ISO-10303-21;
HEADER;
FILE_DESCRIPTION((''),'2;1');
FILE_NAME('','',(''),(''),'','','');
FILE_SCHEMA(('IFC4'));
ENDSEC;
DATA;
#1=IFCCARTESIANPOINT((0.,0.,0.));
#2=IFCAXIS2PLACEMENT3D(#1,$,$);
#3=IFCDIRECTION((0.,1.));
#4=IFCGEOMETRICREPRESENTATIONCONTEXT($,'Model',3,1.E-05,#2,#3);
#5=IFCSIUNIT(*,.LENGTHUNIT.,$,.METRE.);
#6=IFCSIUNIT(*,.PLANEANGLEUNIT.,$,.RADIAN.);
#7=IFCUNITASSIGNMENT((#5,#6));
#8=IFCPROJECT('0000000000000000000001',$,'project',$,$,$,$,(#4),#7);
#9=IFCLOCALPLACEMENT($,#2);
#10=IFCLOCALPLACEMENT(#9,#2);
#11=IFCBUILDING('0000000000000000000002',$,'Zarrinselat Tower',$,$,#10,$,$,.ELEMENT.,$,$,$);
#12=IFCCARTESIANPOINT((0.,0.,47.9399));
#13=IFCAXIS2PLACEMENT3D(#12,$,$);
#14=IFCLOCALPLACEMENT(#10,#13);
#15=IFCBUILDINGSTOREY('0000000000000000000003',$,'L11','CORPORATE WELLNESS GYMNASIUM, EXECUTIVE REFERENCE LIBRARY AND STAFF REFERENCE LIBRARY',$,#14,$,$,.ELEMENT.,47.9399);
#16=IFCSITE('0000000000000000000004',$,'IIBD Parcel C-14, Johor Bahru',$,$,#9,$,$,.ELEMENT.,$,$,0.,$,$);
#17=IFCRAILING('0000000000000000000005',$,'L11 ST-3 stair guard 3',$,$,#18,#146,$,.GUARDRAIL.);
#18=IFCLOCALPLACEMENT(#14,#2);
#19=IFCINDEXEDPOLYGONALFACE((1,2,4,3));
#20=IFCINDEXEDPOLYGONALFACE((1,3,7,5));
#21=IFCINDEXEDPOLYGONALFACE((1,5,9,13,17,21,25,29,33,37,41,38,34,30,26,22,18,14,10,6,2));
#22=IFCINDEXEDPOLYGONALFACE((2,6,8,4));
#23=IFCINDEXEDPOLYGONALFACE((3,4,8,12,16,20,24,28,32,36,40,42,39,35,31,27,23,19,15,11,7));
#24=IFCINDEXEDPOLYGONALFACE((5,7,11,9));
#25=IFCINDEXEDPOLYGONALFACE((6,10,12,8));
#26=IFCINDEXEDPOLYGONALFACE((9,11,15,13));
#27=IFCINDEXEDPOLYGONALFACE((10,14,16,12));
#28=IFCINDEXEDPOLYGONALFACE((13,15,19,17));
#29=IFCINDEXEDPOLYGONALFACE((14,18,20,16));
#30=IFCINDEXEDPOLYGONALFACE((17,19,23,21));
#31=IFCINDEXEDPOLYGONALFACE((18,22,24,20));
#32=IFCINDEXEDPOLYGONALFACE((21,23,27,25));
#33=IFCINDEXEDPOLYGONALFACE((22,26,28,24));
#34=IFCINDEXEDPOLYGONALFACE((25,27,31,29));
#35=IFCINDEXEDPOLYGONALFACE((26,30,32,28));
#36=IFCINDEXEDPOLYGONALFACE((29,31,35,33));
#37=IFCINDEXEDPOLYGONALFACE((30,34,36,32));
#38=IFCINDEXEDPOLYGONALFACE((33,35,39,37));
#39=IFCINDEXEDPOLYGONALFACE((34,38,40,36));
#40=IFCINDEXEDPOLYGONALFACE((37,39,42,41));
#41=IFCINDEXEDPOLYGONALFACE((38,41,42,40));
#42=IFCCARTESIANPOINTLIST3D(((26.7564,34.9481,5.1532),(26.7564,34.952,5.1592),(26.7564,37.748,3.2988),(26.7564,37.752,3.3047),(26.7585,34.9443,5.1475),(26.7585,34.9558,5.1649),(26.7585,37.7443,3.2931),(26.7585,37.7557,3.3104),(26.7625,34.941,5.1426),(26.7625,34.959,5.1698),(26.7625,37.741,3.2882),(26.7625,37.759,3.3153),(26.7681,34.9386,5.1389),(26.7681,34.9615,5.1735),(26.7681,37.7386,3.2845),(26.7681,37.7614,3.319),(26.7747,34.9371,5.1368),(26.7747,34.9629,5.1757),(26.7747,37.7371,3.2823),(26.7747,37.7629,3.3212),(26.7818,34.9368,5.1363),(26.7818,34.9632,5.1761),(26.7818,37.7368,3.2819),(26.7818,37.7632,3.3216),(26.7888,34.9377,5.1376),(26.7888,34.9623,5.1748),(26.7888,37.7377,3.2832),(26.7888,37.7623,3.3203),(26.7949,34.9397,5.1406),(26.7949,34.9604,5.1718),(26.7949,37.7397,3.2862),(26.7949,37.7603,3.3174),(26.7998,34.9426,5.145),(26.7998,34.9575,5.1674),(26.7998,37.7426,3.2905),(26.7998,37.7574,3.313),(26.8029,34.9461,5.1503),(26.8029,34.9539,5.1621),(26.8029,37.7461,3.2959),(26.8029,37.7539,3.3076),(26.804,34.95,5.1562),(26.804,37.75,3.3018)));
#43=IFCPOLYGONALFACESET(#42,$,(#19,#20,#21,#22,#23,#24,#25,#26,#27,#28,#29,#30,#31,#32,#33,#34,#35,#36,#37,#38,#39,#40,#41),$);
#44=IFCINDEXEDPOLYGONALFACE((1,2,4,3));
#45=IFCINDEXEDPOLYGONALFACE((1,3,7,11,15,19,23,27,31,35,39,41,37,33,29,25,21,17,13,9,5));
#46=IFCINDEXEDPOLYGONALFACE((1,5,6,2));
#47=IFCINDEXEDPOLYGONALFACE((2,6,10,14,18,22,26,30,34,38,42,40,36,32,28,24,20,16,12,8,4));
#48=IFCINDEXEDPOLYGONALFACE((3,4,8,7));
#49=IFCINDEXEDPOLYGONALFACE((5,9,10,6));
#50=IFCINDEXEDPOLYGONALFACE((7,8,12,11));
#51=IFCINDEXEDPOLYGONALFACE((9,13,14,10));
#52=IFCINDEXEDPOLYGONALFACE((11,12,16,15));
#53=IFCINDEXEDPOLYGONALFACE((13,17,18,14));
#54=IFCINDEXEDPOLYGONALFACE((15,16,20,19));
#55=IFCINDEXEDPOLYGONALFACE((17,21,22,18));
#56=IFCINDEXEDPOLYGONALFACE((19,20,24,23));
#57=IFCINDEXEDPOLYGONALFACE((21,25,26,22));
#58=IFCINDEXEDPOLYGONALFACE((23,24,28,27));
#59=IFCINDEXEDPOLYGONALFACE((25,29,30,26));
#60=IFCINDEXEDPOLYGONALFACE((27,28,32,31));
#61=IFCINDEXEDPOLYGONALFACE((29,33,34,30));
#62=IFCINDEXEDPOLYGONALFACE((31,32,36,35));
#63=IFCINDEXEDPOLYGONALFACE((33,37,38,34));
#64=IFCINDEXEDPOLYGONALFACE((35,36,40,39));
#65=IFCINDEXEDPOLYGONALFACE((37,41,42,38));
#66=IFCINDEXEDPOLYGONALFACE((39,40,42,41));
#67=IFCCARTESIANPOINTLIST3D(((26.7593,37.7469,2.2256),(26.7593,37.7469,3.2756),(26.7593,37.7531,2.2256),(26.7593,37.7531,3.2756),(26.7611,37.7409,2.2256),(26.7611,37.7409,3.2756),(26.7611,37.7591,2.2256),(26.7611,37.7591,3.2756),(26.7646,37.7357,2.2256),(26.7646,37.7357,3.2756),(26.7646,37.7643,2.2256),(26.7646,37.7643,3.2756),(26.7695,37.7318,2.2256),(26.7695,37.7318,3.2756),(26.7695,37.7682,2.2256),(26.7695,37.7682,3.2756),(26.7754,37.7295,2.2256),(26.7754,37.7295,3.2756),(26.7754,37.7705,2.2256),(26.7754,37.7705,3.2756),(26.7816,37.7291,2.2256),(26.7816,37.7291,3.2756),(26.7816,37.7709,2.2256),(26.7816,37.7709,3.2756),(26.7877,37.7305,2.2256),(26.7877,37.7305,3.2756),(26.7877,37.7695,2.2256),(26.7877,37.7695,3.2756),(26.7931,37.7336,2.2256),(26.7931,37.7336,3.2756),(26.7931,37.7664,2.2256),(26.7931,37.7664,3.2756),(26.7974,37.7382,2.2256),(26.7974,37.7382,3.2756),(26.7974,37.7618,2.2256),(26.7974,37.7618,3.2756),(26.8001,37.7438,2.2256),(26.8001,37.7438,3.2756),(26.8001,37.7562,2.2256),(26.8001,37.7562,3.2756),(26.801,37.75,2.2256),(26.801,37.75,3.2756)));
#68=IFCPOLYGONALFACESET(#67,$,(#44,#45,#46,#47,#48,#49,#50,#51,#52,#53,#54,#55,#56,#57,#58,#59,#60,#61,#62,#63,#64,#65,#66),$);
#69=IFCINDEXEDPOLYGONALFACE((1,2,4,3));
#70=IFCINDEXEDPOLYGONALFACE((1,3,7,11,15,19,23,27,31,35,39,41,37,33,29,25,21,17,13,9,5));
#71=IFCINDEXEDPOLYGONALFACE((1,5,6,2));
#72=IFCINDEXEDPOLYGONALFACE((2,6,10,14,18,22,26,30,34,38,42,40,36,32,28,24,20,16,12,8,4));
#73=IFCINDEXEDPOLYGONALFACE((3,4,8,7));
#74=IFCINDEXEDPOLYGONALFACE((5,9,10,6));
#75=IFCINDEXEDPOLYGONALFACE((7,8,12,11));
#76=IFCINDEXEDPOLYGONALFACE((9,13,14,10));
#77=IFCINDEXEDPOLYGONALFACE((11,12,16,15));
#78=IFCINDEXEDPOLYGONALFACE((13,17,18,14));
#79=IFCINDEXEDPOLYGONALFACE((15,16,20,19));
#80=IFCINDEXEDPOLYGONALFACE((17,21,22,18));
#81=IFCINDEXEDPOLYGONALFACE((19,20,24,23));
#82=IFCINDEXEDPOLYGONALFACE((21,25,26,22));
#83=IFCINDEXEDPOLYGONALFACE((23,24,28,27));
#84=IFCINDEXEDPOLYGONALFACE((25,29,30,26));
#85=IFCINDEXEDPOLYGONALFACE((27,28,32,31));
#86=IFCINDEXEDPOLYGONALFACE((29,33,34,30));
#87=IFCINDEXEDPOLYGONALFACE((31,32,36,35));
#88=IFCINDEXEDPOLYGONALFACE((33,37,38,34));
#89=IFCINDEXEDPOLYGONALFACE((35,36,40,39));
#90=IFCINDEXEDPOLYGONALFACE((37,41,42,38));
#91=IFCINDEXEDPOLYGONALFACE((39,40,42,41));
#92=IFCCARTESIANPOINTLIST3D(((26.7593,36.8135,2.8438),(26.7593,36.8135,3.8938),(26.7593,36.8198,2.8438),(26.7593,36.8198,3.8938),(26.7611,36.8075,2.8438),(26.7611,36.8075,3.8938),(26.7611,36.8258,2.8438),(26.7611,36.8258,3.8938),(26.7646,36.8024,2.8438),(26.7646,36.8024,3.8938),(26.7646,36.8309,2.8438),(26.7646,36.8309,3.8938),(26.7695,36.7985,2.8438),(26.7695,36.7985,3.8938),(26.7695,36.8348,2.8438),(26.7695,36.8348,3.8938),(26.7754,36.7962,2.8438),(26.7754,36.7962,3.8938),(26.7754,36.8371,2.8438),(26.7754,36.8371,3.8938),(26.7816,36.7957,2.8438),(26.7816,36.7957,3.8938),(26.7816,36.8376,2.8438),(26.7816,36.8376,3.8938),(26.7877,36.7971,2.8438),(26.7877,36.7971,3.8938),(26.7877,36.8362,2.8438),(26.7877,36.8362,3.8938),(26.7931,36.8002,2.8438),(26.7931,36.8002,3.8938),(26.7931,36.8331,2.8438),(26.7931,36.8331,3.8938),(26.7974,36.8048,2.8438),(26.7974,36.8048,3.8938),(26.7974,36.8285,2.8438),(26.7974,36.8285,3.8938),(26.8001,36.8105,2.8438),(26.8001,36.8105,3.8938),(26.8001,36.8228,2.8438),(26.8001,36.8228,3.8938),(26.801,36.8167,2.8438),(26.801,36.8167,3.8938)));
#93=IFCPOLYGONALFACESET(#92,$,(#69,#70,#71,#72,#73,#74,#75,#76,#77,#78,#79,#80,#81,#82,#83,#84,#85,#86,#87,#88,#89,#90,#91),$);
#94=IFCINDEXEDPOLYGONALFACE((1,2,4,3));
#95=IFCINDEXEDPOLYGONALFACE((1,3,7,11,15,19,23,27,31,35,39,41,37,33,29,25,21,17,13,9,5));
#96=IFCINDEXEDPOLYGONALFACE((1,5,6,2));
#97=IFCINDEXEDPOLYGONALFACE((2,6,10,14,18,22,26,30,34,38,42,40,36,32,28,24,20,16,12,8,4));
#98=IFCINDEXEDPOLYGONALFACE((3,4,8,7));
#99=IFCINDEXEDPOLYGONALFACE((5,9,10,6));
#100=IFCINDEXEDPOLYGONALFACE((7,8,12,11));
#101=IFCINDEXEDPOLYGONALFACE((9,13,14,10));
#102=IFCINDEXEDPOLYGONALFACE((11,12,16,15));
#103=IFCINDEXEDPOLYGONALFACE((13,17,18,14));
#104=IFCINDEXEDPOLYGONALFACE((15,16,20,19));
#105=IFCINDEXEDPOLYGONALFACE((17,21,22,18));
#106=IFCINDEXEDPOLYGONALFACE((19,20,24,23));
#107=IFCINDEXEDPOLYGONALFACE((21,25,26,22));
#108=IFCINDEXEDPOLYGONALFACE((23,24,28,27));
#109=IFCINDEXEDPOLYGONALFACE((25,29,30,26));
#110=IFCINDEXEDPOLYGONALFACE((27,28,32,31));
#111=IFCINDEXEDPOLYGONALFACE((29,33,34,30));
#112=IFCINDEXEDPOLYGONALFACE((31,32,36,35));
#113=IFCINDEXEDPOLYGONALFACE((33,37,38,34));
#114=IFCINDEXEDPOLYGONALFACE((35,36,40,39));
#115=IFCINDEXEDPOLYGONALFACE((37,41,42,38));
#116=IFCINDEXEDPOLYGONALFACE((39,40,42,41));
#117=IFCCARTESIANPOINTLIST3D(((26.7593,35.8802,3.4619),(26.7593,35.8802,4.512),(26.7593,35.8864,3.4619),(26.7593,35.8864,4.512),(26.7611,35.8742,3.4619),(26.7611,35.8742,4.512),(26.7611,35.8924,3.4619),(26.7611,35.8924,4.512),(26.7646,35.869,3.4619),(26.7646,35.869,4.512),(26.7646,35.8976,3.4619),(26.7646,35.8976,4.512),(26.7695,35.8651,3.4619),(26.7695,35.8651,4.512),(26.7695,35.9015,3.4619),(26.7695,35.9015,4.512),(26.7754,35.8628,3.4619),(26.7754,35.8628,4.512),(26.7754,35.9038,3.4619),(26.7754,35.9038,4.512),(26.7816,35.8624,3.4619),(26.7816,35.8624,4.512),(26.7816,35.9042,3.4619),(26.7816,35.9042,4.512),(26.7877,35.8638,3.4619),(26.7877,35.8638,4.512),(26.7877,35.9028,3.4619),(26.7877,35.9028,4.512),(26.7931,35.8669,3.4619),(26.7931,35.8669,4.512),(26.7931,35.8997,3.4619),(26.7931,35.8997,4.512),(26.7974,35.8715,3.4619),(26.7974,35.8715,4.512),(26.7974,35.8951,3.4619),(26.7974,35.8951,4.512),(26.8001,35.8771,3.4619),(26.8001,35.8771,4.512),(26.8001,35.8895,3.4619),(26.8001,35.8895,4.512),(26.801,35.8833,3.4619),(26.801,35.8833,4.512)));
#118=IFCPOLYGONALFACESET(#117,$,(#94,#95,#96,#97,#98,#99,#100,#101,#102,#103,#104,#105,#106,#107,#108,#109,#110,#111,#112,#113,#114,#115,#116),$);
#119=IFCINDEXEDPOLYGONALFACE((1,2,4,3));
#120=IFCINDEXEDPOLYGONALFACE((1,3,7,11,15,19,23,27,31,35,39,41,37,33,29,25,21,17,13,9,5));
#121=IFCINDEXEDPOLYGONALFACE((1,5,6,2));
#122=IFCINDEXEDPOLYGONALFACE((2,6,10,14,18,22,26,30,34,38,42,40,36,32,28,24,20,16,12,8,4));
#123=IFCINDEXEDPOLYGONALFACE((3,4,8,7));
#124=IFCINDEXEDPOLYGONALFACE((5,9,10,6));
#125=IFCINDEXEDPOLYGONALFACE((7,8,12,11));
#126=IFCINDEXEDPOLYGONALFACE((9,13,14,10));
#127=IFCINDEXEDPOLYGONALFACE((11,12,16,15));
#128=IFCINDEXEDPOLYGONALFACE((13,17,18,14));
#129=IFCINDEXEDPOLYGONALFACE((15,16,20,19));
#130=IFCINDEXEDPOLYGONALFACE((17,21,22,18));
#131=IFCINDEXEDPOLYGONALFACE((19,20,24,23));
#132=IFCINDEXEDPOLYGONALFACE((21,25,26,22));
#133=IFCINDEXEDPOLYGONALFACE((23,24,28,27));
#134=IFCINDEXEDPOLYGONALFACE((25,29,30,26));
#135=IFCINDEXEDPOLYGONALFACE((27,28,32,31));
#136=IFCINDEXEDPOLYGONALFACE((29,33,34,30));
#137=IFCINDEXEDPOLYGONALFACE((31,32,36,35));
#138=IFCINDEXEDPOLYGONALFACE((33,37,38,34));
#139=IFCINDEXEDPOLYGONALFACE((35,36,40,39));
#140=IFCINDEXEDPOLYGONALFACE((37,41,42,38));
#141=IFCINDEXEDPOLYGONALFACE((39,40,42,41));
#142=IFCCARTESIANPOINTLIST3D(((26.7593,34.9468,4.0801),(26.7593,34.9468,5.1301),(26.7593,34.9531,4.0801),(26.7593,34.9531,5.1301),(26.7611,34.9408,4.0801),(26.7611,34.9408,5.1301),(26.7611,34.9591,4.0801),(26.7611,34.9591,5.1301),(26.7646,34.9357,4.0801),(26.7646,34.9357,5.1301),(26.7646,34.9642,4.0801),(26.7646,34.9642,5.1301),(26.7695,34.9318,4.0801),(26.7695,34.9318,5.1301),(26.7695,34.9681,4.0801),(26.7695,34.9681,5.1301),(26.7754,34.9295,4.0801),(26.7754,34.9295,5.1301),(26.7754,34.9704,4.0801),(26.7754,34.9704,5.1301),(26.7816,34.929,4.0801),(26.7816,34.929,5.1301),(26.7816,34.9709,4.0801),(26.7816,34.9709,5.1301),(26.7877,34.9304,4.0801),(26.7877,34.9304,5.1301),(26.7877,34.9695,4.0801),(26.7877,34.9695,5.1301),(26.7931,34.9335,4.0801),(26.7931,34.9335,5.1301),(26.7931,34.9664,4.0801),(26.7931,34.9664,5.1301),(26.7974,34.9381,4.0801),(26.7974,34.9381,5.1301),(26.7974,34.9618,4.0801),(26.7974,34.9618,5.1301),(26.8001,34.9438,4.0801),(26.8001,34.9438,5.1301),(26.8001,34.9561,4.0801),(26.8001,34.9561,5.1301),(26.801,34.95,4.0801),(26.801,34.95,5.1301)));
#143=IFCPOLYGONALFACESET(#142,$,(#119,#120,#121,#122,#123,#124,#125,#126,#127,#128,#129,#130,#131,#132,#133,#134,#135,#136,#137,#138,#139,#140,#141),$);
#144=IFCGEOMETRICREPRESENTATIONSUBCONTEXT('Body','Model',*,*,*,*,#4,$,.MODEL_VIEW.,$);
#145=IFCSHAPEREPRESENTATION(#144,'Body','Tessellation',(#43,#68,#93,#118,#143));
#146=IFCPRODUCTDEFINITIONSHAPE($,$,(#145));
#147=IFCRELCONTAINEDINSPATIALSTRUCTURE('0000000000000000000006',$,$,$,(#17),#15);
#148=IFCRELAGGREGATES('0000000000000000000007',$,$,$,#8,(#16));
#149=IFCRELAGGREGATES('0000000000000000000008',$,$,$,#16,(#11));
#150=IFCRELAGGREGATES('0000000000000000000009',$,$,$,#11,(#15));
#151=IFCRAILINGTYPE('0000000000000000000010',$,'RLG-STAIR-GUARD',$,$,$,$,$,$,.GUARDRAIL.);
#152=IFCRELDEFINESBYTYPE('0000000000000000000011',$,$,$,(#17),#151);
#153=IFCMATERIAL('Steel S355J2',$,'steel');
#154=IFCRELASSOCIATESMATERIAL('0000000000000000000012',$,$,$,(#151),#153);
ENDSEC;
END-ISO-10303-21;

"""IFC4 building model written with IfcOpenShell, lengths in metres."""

from ifc_helpers import new_model, si_unit, direction, frame, origin, origin_2d, place, context, subcontext, project, spatial, circle, extrude, material, type_object, element, save


model = new_model("IFC4")

# Units and contexts
model_context = context("Model", 3, precision=1e-05, world=origin(), true_north=direction((0.0, 1.0)))
body_context = subcontext(model_context, "Body", "Model", "MODEL_VIEW")
ifc_project = project(units=[si_unit("LENGTHUNIT", "METRE"), si_unit("PLANEANGLEUNIT", "RADIAN")], contexts=[model_context])

# Site, building, storey
site_placement = place(None, origin())
site = spatial("IfcSite", under=ifc_project, at=site_placement, Name="IIBD Parcel C-14, Johor Bahru", CompositionType="ELEMENT", RefElevation=0.0)
building_placement = place(site_placement, origin())
building = spatial("IfcBuilding", under=site, at=building_placement, Name="Zarrinselat Tower", CompositionType="ELEMENT")
storey_placement = place(building_placement, frame((0.0, 0.0, 47.9399)))
storey = spatial("IfcBuildingStorey", under=building, at=storey_placement, Name="L11", Description="CORPORATE WELLNESS GYMNASIUM, EXECUTIVE REFERENCE LIBRARY AND STAFF REFERENCE LIBRARY", CompositionType="ELEMENT", Elevation=47.9399)

# Railing
ifc_material_1 = material(Name="Steel S355J2", Category="steel")
railing_type_1 = type_object("IfcRailingType", Name="RLG-STAIR-GUARD", PredefinedType="GUARDRAIL", material=ifc_material_1)
railing_1_placement = place(storey_placement, frame((26.78, 37.75, 2.2256)))
element("IfcRailing", 1, at=railing_1_placement, inside=storey, type_object=railing_type_1, Name="L11 ST-3 stair guard 3", PredefinedType="GUARDRAIL", context=body_context, shape_type="SweptSolid", body=[
    extrude(circle(Radius=0.0239, at=origin_2d()), frame((0.0, 0.0, 1.0762), z_axis=(0.0, -0.833724, 0.552181), x_axis=(1.0, 0.0, 0.0)), (0.0, 0.0, 1.0), 3.3584),
    extrude(circle(Radius=0.021, at=origin_2d()), origin(), (0.0, 0.0, 1.0), 1.05),
    extrude(circle(Radius=0.021, at=origin_2d()), frame((0.0, -0.9333, 0.6182)), (0.0, 0.0, 1.0), 1.05),
    extrude(circle(Radius=0.021, at=origin_2d()), frame((0.0, -1.8667, 1.2363)), (0.0, 0.0, 1.0), 1.05),
    extrude(circle(Radius=0.021, at=origin_2d()), frame((0.0, -2.8, 1.8545)), (0.0, 0.0, 1.0), 1.05),
])

save(model, "model.ifc")
